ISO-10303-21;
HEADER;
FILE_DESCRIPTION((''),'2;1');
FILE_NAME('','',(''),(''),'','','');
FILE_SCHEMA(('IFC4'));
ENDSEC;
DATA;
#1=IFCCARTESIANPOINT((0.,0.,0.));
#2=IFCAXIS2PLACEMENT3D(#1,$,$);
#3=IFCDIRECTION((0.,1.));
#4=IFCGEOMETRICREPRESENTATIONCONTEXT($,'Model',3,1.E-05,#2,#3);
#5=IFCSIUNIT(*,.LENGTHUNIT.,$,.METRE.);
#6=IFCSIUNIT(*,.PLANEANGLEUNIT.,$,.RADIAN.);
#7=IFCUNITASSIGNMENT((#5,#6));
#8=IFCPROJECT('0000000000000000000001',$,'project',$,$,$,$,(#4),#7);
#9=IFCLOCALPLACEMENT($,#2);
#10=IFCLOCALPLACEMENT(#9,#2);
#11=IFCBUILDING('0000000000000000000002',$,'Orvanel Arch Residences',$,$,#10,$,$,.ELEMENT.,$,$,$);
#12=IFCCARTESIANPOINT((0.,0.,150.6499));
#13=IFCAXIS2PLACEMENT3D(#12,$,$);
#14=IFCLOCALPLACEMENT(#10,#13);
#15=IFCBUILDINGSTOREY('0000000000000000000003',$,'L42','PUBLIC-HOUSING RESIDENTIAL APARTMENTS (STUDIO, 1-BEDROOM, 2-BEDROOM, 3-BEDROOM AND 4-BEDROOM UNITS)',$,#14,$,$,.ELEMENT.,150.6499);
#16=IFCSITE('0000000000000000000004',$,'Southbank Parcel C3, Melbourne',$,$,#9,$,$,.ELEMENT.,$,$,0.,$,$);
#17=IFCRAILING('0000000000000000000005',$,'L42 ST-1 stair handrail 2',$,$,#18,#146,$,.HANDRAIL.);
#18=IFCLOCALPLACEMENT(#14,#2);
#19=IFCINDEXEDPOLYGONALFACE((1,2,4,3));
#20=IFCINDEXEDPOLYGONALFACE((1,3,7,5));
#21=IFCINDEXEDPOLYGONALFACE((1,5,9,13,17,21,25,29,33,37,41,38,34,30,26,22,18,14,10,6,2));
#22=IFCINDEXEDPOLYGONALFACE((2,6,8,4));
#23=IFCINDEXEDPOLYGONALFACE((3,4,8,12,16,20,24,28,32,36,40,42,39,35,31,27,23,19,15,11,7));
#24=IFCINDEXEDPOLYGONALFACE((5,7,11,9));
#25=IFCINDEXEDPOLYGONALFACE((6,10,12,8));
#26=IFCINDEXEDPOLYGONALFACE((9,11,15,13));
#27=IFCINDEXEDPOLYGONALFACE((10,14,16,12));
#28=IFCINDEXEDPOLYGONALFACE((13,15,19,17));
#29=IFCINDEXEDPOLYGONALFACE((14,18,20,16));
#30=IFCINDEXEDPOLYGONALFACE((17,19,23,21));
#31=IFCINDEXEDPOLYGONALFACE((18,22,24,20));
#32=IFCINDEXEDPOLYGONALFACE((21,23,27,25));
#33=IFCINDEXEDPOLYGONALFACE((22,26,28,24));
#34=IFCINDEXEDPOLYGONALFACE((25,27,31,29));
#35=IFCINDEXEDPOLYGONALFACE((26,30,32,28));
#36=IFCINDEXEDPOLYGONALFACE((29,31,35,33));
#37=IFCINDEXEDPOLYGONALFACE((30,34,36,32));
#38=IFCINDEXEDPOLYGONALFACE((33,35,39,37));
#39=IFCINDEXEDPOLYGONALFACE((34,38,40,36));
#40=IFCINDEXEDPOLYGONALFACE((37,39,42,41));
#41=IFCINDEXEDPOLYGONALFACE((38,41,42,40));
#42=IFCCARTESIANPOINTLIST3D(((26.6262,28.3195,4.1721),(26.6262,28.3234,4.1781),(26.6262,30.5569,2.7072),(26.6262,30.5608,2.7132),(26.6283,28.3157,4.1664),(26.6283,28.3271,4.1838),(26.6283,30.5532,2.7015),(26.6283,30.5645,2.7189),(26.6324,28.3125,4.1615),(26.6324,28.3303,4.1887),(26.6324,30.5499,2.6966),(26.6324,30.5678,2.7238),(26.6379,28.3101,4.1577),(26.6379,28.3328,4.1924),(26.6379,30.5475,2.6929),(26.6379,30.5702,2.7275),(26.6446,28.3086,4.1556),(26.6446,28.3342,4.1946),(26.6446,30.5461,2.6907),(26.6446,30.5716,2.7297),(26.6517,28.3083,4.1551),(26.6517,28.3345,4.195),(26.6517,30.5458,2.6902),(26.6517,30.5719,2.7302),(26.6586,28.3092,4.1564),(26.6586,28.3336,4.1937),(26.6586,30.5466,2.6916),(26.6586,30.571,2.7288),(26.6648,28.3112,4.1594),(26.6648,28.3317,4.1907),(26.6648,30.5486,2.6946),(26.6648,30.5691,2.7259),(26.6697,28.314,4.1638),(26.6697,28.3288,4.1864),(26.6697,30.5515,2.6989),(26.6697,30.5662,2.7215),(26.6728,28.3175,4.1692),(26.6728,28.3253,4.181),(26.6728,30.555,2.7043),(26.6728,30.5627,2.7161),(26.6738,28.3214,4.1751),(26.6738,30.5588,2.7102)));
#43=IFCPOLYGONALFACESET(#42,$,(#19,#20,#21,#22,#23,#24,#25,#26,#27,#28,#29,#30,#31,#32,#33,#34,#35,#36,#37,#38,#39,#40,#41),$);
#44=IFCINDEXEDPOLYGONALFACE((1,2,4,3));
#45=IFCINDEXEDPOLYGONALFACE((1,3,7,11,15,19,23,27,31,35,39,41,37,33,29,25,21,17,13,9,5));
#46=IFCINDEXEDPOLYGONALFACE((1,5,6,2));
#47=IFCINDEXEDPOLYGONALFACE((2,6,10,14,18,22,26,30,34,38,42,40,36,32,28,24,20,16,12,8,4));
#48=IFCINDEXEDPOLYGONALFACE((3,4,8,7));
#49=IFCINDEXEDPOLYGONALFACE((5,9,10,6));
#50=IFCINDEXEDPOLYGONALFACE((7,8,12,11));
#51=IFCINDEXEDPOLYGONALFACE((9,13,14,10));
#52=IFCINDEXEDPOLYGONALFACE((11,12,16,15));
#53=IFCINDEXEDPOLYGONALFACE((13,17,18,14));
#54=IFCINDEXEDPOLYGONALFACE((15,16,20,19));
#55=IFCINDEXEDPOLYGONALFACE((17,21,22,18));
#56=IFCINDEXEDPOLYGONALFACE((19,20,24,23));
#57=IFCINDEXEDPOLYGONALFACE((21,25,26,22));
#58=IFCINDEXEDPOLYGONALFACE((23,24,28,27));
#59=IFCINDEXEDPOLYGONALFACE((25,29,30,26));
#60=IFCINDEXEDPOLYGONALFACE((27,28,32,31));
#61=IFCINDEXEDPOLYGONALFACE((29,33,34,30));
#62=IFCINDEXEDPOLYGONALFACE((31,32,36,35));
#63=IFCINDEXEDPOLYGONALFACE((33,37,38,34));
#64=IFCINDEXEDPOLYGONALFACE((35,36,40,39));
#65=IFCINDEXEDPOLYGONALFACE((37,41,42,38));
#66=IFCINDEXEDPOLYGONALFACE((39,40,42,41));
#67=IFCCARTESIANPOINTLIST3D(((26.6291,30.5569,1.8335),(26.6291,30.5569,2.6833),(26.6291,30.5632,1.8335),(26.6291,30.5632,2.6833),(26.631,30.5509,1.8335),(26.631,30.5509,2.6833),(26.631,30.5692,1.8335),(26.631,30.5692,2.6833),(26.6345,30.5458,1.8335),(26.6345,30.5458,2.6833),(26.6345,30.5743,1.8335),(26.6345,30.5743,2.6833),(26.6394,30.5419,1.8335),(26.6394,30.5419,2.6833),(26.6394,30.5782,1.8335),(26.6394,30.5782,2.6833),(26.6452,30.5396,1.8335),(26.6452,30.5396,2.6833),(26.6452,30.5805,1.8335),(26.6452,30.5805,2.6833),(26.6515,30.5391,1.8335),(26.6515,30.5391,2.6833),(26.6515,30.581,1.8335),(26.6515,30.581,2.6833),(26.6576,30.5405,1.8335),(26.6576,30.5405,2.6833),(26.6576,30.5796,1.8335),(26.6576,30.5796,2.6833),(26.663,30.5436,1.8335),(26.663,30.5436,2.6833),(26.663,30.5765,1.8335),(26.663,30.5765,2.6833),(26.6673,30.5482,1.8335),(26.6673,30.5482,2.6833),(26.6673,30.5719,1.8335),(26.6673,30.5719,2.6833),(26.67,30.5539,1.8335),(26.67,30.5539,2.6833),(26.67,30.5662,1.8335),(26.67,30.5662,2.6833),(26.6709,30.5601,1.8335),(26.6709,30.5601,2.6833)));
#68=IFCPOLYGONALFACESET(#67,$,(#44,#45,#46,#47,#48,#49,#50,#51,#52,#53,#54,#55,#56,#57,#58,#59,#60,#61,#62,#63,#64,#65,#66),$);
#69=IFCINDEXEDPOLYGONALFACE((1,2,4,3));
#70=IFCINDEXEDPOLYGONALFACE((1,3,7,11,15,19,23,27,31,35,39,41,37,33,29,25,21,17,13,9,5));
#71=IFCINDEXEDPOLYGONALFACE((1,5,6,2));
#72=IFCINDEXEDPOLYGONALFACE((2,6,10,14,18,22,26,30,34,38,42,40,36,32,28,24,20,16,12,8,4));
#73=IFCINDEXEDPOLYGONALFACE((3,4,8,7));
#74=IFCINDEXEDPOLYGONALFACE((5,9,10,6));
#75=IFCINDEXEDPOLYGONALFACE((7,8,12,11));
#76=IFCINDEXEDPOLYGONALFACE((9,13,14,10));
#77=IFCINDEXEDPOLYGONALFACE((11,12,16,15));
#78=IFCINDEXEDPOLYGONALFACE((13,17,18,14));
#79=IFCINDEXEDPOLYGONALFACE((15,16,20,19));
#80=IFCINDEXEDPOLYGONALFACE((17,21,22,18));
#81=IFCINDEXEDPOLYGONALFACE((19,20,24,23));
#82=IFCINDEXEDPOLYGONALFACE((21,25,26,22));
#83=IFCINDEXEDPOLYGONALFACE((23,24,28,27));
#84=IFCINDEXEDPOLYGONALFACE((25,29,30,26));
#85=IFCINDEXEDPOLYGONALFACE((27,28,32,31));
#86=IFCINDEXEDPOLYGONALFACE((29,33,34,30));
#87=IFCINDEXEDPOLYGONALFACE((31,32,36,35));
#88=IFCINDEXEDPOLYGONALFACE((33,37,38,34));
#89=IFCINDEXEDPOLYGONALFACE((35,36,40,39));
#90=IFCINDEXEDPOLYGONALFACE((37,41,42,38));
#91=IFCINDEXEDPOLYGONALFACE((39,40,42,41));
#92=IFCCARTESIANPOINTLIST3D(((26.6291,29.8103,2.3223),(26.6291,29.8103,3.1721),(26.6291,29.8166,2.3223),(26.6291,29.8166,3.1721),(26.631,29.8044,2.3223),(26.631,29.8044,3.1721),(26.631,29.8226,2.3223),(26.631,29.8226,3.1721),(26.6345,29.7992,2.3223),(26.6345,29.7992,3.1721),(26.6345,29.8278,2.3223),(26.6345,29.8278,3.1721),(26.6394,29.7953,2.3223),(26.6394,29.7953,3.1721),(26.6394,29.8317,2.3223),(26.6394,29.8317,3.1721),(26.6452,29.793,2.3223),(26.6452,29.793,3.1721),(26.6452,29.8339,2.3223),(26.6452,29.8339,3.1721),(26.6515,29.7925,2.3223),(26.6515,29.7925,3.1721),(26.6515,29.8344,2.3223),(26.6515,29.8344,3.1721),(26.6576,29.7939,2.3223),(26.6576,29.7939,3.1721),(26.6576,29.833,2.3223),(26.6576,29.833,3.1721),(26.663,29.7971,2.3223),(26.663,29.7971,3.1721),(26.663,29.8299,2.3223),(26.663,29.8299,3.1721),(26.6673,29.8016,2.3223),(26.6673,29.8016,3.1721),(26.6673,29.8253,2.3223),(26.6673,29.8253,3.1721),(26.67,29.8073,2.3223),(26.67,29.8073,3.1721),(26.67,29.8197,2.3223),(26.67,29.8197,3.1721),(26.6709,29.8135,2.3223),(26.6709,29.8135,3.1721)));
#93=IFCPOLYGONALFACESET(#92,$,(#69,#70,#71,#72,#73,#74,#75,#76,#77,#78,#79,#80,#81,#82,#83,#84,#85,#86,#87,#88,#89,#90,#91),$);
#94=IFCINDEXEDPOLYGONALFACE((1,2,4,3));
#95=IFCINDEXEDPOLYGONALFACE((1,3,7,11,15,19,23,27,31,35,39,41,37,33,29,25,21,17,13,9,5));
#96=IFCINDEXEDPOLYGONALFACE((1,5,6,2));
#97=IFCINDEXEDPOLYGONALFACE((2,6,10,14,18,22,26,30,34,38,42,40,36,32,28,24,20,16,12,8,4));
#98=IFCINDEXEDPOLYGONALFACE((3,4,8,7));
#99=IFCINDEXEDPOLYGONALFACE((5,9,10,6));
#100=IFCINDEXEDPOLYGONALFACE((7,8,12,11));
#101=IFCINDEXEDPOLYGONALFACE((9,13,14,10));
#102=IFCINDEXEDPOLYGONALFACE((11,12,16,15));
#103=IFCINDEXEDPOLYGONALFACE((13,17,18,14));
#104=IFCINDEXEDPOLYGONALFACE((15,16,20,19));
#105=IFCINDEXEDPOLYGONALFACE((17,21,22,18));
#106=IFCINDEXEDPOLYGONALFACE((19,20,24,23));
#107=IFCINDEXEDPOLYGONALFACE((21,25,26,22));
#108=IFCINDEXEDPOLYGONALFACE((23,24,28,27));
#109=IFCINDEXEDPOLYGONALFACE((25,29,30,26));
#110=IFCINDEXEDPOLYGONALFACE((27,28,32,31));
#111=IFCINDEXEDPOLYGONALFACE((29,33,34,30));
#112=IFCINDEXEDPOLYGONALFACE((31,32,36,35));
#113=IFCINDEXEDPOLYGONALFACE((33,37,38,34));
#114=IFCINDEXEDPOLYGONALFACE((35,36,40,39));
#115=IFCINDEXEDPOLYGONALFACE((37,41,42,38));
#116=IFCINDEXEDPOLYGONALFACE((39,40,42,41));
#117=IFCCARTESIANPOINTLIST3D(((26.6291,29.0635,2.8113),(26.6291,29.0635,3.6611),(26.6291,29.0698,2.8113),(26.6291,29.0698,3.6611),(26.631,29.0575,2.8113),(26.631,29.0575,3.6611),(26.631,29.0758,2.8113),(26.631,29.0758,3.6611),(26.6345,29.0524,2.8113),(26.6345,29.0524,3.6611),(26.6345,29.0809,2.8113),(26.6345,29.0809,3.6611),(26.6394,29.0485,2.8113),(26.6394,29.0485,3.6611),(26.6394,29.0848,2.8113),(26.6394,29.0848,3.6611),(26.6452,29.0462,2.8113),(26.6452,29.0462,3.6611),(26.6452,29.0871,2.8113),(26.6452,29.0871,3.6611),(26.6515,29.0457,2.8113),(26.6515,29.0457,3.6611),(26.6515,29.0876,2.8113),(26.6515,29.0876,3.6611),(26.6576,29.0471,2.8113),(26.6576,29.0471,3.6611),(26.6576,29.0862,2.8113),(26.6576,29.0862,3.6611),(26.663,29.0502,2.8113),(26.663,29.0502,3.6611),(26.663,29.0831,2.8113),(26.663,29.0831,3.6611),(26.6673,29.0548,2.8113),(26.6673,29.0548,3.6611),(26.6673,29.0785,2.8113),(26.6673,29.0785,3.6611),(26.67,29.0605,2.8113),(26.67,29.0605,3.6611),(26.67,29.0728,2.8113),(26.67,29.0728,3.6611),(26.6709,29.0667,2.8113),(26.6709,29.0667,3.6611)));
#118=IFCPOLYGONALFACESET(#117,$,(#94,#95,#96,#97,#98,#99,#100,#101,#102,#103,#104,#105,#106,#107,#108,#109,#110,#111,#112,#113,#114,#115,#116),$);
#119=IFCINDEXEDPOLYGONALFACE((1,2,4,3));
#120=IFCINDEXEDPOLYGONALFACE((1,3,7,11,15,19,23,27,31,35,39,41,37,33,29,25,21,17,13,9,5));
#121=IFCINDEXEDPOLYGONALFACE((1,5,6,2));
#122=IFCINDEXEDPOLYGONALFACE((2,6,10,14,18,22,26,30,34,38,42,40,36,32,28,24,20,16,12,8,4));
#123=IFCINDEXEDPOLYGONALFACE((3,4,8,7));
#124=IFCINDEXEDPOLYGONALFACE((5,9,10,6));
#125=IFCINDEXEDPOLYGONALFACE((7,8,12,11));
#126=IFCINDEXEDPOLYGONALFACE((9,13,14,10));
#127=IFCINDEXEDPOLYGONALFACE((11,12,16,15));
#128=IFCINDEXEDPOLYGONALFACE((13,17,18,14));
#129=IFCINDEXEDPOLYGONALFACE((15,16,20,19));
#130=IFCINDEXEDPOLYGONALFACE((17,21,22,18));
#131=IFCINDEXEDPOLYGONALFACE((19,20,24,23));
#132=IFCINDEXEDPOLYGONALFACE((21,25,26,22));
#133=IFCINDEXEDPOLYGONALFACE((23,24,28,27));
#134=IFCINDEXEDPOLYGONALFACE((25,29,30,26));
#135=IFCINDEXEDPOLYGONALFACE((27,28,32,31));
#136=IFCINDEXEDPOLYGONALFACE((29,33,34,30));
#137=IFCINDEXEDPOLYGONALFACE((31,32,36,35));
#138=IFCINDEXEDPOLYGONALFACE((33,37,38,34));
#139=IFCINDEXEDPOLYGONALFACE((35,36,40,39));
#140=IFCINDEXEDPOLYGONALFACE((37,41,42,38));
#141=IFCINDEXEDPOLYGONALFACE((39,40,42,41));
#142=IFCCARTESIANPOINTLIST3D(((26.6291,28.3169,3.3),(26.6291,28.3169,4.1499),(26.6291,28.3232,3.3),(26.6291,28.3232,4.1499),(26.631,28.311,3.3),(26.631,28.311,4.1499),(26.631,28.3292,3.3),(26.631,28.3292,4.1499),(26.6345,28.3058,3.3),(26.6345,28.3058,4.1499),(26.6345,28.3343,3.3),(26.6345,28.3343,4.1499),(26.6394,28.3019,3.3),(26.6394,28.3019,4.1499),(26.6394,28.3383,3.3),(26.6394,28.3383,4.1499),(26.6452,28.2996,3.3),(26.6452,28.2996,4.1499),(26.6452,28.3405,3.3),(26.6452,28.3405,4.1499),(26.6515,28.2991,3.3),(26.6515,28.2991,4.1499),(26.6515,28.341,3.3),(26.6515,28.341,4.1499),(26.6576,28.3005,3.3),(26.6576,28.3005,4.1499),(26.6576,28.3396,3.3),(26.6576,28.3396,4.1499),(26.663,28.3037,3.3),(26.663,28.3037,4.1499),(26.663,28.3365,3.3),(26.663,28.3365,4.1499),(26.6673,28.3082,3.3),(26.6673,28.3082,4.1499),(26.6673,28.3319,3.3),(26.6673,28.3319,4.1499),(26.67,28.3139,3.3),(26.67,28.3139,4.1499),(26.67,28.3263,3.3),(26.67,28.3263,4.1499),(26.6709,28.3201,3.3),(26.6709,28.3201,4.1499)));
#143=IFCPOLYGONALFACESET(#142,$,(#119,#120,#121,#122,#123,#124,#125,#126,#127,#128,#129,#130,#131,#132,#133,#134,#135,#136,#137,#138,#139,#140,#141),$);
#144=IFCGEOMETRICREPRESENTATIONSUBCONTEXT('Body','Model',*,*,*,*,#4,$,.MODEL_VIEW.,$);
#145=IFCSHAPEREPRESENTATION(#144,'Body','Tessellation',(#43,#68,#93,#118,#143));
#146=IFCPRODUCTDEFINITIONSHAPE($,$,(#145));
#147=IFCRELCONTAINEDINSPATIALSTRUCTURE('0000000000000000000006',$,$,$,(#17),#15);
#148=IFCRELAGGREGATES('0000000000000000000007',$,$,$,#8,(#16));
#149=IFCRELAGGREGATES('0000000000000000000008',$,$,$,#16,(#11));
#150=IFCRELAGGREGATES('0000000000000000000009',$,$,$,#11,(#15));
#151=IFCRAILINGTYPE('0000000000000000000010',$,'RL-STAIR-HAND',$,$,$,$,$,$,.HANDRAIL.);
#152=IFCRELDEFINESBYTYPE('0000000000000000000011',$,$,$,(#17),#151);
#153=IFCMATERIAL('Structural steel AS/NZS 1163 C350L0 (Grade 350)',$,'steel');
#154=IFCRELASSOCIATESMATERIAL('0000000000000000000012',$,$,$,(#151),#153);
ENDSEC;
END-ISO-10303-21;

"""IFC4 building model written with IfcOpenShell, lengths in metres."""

from ifc_helpers import new_model, si_unit, direction, frame, origin, origin_2d, place, context, subcontext, project, spatial, circle, extrude, material, type_object, element, save


model = new_model("IFC4")

# Units and contexts
model_context = context("Model", 3, precision=1e-05, world=origin(), true_north=direction((0.0, 1.0)))
body_context = subcontext(model_context, "Body", "Model", "MODEL_VIEW")
ifc_project = project(units=[si_unit("LENGTHUNIT", "METRE"), si_unit("PLANEANGLEUNIT", "RADIAN")], contexts=[model_context])

# Site, building, storey
site_placement = place(None, origin())
site = spatial("IfcSite", under=ifc_project, at=site_placement, Name="Southbank Parcel C3, Melbourne", CompositionType="ELEMENT", RefElevation=0.0)
building_placement = place(site_placement, origin())
building = spatial("IfcBuilding", under=site, at=building_placement, Name="Orvanel Arch Residences", CompositionType="ELEMENT")
storey_placement = place(building_placement, frame((0.0, 0.0, 150.6499)))
storey = spatial("IfcBuildingStorey", under=building, at=storey_placement, Name="L42", Description="PUBLIC-HOUSING RESIDENTIAL APARTMENTS (STUDIO, 1-BEDROOM, 2-BEDROOM, 3-BEDROOM AND 4-BEDROOM UNITS)", CompositionType="ELEMENT", Elevation=150.6499)

# Railing
ifc_material_1 = material(Name="Structural steel AS/NZS 1163 C350L0 (Grade 350)", Category="steel")
railing_type_1 = type_object("IfcRailingType", Name="RL-STAIR-HAND", PredefinedType="HANDRAIL", material=ifc_material_1)
railing_1_placement = place(storey_placement, frame((26.6499, 30.5601, 1.8335)))
element("IfcRailing", 1, at=railing_1_placement, inside=storey, type_object=railing_type_1, Name="L42 ST-1 stair handrail 2", PredefinedType="HANDRAIL", context=body_context, shape_type="SweptSolid", body=[
    extrude(circle(Radius=0.0239, at=origin_2d()), frame((0.0, -0.0012, 0.8767), z_axis=(0.0, -0.836637, 0.547758), x_axis=(1.0, 0.0, 0.0)), (0.0, 0.0, 1.0), 2.6743),
    extrude(circle(Radius=0.021, at=origin_2d()), origin(), (0.0, 0.0, 1.0), 0.8499),
    extrude(circle(Radius=0.021, at=origin_2d()), frame((0.0, -0.7466, 0.4888)), (0.0, 0.0, 1.0), 0.8499),
    extrude(circle(Radius=0.021, at=origin_2d()), frame((0.0, -1.4934, 0.9778)), (0.0, 0.0, 1.0), 0.8499),
    extrude(circle(Radius=0.021, at=origin_2d()), frame((0.0, -2.24, 1.4666)), (0.0, 0.0, 1.0), 0.8499),
])

save(model, "model.ifc")
